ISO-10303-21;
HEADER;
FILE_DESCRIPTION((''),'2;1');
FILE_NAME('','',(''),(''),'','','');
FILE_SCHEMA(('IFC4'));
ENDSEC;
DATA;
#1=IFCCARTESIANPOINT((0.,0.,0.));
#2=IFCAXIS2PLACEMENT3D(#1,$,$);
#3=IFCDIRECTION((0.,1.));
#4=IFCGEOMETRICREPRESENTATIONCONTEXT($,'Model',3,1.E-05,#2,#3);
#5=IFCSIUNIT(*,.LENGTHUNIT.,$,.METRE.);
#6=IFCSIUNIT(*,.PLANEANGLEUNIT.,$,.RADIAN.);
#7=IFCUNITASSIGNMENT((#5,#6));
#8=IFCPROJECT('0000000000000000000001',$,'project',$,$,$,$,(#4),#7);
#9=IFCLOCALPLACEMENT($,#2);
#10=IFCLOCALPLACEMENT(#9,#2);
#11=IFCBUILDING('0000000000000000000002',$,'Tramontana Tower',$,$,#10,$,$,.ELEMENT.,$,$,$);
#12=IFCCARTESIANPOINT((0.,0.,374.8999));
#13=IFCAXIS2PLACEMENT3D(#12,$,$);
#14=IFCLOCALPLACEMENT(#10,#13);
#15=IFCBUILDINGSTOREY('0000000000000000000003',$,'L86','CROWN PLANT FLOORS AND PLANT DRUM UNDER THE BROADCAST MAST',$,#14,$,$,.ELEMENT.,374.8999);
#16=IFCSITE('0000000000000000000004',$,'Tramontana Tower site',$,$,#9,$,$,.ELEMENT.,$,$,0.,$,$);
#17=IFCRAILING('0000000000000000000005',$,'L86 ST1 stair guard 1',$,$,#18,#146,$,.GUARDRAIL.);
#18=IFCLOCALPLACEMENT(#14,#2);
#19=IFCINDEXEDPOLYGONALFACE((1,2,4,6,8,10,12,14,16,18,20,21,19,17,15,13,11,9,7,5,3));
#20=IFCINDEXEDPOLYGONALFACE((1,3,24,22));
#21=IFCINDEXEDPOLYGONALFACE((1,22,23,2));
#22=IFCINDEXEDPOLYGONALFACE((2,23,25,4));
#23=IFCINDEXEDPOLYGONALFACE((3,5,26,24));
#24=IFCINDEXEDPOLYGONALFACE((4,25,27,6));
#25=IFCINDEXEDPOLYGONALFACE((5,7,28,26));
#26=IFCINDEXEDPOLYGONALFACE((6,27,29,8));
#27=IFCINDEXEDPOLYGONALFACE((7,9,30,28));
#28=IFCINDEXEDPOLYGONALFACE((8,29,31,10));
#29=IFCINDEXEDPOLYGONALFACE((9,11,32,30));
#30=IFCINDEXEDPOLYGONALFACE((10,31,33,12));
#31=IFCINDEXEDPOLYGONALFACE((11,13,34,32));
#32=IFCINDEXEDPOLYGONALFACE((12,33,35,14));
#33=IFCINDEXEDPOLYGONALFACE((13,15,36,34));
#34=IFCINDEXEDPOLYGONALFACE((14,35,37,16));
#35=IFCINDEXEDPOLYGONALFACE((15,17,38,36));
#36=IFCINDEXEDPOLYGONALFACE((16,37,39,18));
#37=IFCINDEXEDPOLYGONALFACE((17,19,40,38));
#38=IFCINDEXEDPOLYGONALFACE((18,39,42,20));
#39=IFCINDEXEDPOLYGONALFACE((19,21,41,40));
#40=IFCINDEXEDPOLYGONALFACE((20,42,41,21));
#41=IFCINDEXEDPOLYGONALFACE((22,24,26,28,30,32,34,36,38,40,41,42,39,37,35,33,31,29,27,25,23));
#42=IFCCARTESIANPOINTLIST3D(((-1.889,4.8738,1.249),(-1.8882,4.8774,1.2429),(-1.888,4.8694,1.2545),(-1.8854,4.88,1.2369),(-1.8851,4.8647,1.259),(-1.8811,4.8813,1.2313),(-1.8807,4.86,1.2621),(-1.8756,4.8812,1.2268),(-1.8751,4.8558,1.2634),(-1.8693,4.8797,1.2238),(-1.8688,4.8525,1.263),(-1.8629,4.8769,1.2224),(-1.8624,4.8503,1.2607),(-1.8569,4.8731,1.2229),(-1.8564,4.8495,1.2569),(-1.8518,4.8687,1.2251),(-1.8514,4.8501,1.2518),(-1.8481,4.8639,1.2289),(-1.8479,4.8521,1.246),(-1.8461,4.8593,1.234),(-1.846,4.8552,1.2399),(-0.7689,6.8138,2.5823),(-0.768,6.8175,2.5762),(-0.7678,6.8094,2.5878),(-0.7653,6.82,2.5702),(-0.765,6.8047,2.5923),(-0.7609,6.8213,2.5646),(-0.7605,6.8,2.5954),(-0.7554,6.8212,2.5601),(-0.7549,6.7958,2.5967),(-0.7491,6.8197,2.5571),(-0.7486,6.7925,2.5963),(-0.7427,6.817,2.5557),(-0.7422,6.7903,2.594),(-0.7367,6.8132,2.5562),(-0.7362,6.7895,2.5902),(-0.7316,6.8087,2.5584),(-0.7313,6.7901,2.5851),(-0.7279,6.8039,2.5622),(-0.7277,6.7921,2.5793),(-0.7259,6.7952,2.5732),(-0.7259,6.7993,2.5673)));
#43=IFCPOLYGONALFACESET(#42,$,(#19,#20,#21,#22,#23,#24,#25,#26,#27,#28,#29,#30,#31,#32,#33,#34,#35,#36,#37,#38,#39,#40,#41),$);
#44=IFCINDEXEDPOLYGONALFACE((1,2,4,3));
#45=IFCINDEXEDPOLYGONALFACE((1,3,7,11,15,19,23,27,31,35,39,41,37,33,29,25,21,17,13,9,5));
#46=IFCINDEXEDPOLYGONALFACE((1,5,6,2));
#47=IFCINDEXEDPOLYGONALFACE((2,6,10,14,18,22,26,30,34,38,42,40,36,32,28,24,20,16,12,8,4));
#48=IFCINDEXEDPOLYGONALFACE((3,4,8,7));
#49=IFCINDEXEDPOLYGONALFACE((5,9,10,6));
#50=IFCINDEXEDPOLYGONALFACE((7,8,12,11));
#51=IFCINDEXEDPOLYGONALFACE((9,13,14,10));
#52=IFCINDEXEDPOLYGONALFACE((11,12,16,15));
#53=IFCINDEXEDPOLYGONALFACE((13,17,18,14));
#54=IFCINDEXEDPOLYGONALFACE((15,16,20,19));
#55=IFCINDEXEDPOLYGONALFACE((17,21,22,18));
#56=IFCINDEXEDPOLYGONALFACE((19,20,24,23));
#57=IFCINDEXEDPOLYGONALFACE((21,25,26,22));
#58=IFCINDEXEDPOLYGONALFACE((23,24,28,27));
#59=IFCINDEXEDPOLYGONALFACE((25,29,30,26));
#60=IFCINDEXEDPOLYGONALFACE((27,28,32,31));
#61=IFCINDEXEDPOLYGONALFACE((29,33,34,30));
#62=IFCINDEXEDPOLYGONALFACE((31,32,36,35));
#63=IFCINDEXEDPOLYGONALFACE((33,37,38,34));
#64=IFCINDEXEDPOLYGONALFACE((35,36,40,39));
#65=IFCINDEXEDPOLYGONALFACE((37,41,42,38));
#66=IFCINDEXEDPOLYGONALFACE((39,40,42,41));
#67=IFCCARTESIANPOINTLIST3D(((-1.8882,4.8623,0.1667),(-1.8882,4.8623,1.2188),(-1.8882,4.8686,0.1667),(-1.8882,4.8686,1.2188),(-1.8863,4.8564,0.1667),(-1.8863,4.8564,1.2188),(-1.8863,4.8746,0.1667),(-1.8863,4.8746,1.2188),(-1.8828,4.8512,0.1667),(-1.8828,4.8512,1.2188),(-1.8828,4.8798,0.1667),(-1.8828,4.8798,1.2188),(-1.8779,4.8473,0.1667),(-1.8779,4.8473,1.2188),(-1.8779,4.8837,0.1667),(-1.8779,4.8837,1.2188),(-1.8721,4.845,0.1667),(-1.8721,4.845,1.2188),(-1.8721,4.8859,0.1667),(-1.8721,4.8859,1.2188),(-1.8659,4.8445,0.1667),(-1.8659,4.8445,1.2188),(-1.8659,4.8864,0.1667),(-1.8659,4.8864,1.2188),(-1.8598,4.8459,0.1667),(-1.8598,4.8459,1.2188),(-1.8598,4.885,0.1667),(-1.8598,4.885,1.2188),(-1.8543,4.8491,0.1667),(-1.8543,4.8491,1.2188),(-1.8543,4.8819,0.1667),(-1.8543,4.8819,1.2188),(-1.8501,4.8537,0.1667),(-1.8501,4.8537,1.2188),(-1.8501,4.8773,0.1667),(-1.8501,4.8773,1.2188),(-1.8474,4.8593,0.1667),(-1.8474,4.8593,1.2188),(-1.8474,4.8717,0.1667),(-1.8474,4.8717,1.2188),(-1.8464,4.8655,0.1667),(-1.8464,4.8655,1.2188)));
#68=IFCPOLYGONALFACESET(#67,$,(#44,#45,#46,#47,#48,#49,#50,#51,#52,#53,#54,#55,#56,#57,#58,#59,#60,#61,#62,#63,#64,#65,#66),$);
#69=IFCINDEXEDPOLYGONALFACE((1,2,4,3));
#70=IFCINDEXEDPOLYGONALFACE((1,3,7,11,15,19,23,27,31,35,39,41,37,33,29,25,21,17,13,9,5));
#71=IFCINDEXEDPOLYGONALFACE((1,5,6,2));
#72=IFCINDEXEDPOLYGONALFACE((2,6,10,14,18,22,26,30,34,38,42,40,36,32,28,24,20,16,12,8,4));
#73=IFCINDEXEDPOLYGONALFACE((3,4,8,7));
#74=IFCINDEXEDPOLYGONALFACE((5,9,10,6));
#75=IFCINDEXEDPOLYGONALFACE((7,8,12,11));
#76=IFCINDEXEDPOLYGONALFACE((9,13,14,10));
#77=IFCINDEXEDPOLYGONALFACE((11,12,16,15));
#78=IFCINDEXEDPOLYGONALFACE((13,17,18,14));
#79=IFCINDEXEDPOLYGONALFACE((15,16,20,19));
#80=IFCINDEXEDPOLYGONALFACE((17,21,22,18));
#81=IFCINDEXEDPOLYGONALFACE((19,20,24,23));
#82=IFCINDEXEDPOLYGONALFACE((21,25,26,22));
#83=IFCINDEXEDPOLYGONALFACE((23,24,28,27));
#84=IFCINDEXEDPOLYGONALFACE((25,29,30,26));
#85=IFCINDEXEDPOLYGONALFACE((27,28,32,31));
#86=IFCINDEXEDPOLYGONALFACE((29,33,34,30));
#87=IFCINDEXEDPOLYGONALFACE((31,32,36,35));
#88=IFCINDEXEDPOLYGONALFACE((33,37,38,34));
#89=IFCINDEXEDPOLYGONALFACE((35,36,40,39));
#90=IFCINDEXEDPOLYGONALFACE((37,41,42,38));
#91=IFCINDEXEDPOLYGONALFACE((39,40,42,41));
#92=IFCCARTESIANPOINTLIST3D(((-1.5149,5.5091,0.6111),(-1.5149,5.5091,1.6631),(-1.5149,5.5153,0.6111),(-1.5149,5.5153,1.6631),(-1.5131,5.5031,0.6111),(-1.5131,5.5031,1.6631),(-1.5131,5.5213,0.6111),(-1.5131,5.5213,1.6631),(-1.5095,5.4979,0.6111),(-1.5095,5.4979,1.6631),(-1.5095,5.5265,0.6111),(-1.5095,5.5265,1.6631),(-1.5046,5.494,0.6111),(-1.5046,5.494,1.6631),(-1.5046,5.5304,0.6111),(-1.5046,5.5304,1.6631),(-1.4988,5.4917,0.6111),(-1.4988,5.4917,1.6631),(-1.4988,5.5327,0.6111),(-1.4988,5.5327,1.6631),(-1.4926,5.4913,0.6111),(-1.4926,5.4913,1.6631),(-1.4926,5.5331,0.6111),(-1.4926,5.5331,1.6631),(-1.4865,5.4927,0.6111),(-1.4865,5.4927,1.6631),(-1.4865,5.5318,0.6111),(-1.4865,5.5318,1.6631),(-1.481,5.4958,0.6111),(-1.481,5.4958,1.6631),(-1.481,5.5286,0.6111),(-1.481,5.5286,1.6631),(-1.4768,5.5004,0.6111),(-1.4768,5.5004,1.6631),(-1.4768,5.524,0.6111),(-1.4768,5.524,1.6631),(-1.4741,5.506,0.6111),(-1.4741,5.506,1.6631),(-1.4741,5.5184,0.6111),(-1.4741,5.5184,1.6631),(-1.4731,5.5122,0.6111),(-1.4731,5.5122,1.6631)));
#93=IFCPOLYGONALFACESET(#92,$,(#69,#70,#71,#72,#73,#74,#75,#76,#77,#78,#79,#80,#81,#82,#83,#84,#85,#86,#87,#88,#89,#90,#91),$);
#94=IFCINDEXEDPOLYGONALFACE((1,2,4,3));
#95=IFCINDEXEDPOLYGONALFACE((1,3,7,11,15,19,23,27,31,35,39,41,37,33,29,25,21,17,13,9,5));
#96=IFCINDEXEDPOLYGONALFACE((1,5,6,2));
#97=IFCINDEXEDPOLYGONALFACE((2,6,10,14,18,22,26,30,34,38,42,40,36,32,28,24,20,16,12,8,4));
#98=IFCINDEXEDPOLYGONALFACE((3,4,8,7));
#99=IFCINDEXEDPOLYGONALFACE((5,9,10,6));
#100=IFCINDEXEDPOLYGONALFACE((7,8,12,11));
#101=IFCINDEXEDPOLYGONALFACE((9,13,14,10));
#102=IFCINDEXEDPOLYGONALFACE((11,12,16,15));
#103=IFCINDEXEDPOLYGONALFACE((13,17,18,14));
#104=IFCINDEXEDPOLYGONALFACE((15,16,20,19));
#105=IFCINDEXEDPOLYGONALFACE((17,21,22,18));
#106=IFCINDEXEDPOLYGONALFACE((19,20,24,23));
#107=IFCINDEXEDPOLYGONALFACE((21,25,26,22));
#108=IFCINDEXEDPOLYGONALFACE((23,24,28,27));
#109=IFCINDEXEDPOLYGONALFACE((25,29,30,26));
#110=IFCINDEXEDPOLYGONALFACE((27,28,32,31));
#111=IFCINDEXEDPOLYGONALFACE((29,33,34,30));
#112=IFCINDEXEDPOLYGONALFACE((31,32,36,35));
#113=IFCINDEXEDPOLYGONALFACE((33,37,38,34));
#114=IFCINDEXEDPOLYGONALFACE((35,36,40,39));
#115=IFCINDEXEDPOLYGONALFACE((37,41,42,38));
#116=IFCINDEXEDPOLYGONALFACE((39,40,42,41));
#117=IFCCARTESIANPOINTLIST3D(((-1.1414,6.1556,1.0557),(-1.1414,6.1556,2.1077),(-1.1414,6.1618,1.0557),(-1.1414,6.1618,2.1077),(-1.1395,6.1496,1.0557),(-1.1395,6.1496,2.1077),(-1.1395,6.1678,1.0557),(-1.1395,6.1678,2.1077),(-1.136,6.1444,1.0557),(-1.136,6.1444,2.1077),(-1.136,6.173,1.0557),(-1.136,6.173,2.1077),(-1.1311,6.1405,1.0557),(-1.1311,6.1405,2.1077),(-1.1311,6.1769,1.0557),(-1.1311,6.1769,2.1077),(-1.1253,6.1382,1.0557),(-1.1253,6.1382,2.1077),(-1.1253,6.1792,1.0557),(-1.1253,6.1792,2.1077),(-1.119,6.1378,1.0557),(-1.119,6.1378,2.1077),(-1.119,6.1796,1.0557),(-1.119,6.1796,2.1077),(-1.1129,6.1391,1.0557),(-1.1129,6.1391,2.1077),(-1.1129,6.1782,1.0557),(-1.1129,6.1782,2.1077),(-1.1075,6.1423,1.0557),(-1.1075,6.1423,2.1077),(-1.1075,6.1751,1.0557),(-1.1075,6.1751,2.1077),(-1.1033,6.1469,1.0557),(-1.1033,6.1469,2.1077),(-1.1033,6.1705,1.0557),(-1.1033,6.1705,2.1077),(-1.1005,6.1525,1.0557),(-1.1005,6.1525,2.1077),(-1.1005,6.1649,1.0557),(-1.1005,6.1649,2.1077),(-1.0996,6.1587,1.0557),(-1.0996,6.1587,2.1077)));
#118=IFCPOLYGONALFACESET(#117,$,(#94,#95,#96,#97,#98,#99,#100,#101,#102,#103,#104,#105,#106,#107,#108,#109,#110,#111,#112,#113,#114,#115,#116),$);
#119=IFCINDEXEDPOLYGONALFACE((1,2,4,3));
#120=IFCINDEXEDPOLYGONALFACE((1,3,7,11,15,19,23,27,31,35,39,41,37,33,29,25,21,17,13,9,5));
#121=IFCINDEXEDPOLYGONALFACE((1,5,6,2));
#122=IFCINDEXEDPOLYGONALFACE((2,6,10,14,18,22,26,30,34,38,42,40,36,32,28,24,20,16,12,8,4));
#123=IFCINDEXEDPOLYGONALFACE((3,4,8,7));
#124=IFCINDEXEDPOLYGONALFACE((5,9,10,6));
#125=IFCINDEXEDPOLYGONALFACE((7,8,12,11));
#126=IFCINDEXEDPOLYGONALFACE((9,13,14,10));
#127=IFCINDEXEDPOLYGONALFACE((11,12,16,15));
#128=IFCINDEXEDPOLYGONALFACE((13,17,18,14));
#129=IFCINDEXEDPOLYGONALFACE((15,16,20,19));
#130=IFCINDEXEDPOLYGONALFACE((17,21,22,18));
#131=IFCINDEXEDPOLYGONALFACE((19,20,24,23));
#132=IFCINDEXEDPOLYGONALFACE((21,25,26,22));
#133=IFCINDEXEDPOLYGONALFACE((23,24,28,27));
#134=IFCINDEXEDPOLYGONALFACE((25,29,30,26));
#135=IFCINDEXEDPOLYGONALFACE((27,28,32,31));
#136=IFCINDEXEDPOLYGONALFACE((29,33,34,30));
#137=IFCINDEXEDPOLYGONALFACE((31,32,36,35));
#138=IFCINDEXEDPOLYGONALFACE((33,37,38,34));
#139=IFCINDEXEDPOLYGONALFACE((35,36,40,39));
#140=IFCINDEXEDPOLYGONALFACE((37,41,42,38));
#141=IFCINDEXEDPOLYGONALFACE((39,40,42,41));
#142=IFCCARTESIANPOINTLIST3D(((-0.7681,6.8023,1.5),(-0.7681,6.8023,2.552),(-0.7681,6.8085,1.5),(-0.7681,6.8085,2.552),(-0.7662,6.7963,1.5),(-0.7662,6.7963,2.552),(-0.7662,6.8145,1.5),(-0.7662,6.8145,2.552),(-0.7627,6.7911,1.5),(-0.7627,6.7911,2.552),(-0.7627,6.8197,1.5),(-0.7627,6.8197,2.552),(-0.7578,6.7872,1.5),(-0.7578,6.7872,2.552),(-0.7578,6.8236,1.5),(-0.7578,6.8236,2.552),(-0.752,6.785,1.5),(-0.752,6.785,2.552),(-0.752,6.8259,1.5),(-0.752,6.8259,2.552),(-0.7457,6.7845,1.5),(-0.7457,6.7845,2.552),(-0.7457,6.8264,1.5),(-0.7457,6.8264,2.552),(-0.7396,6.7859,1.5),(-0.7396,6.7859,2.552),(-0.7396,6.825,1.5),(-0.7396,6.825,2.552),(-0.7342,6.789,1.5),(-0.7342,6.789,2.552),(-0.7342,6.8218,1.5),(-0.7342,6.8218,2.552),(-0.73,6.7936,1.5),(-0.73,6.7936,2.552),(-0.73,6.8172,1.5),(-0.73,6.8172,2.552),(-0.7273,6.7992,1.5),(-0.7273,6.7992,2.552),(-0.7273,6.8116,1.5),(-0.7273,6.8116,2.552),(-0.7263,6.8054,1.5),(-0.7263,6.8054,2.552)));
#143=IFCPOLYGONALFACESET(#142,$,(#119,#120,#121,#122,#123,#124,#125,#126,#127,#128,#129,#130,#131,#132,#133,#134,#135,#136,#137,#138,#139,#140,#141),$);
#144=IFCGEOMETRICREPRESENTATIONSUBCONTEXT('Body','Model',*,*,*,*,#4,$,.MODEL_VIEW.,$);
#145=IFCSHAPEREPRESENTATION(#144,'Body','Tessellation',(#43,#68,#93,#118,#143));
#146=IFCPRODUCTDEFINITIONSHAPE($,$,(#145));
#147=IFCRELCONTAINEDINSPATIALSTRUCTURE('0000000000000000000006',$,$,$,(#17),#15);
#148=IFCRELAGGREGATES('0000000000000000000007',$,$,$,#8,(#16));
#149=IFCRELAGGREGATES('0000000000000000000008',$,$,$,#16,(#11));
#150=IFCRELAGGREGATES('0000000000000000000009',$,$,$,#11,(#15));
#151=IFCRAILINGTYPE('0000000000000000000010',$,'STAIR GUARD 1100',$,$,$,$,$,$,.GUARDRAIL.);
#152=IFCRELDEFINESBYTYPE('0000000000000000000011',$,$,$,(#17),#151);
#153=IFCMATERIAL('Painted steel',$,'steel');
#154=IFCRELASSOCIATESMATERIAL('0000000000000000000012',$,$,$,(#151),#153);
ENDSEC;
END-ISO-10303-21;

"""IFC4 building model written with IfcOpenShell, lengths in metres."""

from ifc_helpers import new_model, si_unit, direction, frame, origin, origin_2d, place, context, subcontext, project, spatial, circle, extrude, material, type_object, element, save


model = new_model("IFC4")

# Units and contexts
model_context = context("Model", 3, precision=1e-05, world=origin(), true_north=direction((0.0, 1.0)))
body_context = subcontext(model_context, "Body", "Model", "MODEL_VIEW")
ifc_project = project(units=[si_unit("LENGTHUNIT", "METRE"), si_unit("PLANEANGLEUNIT", "RADIAN")], contexts=[model_context])

# Site, building, storey
site_placement = place(None, origin())
site = spatial("IfcSite", under=ifc_project, at=site_placement, Name="Tramontana Tower site", CompositionType="ELEMENT", RefElevation=0.0)
building_placement = place(site_placement, origin())
building = spatial("IfcBuilding", under=site, at=building_placement, Name="Tramontana Tower", CompositionType="ELEMENT")
storey_placement = place(building_placement, frame((0.0, 0.0, 374.8999)))
storey = spatial("IfcBuildingStorey", under=building, at=storey_placement, Name="L86", Description="CROWN PLANT FLOORS AND PLANT DRUM UNDER THE BROADCAST MAST", CompositionType="ELEMENT", Elevation=374.8999)

# Railing
ifc_material_1 = material(Name="Painted steel", Category="steel")
railing_type_1 = type_object("IfcRailingType", Name="STAIR GUARD 1100", PredefinedType="GUARDRAIL", material=ifc_material_1)
railing_1_placement = place(storey_placement, frame((-1.8674, 4.8655, 0.1667)))
element("IfcRailing", 1, at=railing_1_placement, inside=storey, type_object=railing_type_1, Name="L86 ST1 stair guard 1", PredefinedType="GUARDRAIL", context=body_context, shape_type="SweptSolid", body=[
    extrude(circle(Radius=0.0239, at=origin_2d()), frame((0.0, 0.0, 1.0762), z_axis=(0.429684, 0.744175, 0.511444), x_axis=(-0.866008, 0.500031, 0.0)), (0.0, 0.0, 1.0), 2.6069),
    extrude(circle(Radius=0.021, at=origin_2d()), origin(), (0.0, 0.0, 1.0), 1.052),
    extrude(circle(Radius=0.021, at=origin_2d()), frame((0.3733, 0.6467, 0.4443)), (0.0, 0.0, 1.0), 1.052),
    extrude(circle(Radius=0.021, at=origin_2d()), frame((0.7468, 1.2932, 0.8889)), (0.0, 0.0, 1.0), 1.052),
    extrude(circle(Radius=0.021, at=origin_2d()), frame((1.1201, 1.9399, 1.3333)), (0.0, 0.0, 1.0), 1.052),
])

save(model, "model.ifc")
